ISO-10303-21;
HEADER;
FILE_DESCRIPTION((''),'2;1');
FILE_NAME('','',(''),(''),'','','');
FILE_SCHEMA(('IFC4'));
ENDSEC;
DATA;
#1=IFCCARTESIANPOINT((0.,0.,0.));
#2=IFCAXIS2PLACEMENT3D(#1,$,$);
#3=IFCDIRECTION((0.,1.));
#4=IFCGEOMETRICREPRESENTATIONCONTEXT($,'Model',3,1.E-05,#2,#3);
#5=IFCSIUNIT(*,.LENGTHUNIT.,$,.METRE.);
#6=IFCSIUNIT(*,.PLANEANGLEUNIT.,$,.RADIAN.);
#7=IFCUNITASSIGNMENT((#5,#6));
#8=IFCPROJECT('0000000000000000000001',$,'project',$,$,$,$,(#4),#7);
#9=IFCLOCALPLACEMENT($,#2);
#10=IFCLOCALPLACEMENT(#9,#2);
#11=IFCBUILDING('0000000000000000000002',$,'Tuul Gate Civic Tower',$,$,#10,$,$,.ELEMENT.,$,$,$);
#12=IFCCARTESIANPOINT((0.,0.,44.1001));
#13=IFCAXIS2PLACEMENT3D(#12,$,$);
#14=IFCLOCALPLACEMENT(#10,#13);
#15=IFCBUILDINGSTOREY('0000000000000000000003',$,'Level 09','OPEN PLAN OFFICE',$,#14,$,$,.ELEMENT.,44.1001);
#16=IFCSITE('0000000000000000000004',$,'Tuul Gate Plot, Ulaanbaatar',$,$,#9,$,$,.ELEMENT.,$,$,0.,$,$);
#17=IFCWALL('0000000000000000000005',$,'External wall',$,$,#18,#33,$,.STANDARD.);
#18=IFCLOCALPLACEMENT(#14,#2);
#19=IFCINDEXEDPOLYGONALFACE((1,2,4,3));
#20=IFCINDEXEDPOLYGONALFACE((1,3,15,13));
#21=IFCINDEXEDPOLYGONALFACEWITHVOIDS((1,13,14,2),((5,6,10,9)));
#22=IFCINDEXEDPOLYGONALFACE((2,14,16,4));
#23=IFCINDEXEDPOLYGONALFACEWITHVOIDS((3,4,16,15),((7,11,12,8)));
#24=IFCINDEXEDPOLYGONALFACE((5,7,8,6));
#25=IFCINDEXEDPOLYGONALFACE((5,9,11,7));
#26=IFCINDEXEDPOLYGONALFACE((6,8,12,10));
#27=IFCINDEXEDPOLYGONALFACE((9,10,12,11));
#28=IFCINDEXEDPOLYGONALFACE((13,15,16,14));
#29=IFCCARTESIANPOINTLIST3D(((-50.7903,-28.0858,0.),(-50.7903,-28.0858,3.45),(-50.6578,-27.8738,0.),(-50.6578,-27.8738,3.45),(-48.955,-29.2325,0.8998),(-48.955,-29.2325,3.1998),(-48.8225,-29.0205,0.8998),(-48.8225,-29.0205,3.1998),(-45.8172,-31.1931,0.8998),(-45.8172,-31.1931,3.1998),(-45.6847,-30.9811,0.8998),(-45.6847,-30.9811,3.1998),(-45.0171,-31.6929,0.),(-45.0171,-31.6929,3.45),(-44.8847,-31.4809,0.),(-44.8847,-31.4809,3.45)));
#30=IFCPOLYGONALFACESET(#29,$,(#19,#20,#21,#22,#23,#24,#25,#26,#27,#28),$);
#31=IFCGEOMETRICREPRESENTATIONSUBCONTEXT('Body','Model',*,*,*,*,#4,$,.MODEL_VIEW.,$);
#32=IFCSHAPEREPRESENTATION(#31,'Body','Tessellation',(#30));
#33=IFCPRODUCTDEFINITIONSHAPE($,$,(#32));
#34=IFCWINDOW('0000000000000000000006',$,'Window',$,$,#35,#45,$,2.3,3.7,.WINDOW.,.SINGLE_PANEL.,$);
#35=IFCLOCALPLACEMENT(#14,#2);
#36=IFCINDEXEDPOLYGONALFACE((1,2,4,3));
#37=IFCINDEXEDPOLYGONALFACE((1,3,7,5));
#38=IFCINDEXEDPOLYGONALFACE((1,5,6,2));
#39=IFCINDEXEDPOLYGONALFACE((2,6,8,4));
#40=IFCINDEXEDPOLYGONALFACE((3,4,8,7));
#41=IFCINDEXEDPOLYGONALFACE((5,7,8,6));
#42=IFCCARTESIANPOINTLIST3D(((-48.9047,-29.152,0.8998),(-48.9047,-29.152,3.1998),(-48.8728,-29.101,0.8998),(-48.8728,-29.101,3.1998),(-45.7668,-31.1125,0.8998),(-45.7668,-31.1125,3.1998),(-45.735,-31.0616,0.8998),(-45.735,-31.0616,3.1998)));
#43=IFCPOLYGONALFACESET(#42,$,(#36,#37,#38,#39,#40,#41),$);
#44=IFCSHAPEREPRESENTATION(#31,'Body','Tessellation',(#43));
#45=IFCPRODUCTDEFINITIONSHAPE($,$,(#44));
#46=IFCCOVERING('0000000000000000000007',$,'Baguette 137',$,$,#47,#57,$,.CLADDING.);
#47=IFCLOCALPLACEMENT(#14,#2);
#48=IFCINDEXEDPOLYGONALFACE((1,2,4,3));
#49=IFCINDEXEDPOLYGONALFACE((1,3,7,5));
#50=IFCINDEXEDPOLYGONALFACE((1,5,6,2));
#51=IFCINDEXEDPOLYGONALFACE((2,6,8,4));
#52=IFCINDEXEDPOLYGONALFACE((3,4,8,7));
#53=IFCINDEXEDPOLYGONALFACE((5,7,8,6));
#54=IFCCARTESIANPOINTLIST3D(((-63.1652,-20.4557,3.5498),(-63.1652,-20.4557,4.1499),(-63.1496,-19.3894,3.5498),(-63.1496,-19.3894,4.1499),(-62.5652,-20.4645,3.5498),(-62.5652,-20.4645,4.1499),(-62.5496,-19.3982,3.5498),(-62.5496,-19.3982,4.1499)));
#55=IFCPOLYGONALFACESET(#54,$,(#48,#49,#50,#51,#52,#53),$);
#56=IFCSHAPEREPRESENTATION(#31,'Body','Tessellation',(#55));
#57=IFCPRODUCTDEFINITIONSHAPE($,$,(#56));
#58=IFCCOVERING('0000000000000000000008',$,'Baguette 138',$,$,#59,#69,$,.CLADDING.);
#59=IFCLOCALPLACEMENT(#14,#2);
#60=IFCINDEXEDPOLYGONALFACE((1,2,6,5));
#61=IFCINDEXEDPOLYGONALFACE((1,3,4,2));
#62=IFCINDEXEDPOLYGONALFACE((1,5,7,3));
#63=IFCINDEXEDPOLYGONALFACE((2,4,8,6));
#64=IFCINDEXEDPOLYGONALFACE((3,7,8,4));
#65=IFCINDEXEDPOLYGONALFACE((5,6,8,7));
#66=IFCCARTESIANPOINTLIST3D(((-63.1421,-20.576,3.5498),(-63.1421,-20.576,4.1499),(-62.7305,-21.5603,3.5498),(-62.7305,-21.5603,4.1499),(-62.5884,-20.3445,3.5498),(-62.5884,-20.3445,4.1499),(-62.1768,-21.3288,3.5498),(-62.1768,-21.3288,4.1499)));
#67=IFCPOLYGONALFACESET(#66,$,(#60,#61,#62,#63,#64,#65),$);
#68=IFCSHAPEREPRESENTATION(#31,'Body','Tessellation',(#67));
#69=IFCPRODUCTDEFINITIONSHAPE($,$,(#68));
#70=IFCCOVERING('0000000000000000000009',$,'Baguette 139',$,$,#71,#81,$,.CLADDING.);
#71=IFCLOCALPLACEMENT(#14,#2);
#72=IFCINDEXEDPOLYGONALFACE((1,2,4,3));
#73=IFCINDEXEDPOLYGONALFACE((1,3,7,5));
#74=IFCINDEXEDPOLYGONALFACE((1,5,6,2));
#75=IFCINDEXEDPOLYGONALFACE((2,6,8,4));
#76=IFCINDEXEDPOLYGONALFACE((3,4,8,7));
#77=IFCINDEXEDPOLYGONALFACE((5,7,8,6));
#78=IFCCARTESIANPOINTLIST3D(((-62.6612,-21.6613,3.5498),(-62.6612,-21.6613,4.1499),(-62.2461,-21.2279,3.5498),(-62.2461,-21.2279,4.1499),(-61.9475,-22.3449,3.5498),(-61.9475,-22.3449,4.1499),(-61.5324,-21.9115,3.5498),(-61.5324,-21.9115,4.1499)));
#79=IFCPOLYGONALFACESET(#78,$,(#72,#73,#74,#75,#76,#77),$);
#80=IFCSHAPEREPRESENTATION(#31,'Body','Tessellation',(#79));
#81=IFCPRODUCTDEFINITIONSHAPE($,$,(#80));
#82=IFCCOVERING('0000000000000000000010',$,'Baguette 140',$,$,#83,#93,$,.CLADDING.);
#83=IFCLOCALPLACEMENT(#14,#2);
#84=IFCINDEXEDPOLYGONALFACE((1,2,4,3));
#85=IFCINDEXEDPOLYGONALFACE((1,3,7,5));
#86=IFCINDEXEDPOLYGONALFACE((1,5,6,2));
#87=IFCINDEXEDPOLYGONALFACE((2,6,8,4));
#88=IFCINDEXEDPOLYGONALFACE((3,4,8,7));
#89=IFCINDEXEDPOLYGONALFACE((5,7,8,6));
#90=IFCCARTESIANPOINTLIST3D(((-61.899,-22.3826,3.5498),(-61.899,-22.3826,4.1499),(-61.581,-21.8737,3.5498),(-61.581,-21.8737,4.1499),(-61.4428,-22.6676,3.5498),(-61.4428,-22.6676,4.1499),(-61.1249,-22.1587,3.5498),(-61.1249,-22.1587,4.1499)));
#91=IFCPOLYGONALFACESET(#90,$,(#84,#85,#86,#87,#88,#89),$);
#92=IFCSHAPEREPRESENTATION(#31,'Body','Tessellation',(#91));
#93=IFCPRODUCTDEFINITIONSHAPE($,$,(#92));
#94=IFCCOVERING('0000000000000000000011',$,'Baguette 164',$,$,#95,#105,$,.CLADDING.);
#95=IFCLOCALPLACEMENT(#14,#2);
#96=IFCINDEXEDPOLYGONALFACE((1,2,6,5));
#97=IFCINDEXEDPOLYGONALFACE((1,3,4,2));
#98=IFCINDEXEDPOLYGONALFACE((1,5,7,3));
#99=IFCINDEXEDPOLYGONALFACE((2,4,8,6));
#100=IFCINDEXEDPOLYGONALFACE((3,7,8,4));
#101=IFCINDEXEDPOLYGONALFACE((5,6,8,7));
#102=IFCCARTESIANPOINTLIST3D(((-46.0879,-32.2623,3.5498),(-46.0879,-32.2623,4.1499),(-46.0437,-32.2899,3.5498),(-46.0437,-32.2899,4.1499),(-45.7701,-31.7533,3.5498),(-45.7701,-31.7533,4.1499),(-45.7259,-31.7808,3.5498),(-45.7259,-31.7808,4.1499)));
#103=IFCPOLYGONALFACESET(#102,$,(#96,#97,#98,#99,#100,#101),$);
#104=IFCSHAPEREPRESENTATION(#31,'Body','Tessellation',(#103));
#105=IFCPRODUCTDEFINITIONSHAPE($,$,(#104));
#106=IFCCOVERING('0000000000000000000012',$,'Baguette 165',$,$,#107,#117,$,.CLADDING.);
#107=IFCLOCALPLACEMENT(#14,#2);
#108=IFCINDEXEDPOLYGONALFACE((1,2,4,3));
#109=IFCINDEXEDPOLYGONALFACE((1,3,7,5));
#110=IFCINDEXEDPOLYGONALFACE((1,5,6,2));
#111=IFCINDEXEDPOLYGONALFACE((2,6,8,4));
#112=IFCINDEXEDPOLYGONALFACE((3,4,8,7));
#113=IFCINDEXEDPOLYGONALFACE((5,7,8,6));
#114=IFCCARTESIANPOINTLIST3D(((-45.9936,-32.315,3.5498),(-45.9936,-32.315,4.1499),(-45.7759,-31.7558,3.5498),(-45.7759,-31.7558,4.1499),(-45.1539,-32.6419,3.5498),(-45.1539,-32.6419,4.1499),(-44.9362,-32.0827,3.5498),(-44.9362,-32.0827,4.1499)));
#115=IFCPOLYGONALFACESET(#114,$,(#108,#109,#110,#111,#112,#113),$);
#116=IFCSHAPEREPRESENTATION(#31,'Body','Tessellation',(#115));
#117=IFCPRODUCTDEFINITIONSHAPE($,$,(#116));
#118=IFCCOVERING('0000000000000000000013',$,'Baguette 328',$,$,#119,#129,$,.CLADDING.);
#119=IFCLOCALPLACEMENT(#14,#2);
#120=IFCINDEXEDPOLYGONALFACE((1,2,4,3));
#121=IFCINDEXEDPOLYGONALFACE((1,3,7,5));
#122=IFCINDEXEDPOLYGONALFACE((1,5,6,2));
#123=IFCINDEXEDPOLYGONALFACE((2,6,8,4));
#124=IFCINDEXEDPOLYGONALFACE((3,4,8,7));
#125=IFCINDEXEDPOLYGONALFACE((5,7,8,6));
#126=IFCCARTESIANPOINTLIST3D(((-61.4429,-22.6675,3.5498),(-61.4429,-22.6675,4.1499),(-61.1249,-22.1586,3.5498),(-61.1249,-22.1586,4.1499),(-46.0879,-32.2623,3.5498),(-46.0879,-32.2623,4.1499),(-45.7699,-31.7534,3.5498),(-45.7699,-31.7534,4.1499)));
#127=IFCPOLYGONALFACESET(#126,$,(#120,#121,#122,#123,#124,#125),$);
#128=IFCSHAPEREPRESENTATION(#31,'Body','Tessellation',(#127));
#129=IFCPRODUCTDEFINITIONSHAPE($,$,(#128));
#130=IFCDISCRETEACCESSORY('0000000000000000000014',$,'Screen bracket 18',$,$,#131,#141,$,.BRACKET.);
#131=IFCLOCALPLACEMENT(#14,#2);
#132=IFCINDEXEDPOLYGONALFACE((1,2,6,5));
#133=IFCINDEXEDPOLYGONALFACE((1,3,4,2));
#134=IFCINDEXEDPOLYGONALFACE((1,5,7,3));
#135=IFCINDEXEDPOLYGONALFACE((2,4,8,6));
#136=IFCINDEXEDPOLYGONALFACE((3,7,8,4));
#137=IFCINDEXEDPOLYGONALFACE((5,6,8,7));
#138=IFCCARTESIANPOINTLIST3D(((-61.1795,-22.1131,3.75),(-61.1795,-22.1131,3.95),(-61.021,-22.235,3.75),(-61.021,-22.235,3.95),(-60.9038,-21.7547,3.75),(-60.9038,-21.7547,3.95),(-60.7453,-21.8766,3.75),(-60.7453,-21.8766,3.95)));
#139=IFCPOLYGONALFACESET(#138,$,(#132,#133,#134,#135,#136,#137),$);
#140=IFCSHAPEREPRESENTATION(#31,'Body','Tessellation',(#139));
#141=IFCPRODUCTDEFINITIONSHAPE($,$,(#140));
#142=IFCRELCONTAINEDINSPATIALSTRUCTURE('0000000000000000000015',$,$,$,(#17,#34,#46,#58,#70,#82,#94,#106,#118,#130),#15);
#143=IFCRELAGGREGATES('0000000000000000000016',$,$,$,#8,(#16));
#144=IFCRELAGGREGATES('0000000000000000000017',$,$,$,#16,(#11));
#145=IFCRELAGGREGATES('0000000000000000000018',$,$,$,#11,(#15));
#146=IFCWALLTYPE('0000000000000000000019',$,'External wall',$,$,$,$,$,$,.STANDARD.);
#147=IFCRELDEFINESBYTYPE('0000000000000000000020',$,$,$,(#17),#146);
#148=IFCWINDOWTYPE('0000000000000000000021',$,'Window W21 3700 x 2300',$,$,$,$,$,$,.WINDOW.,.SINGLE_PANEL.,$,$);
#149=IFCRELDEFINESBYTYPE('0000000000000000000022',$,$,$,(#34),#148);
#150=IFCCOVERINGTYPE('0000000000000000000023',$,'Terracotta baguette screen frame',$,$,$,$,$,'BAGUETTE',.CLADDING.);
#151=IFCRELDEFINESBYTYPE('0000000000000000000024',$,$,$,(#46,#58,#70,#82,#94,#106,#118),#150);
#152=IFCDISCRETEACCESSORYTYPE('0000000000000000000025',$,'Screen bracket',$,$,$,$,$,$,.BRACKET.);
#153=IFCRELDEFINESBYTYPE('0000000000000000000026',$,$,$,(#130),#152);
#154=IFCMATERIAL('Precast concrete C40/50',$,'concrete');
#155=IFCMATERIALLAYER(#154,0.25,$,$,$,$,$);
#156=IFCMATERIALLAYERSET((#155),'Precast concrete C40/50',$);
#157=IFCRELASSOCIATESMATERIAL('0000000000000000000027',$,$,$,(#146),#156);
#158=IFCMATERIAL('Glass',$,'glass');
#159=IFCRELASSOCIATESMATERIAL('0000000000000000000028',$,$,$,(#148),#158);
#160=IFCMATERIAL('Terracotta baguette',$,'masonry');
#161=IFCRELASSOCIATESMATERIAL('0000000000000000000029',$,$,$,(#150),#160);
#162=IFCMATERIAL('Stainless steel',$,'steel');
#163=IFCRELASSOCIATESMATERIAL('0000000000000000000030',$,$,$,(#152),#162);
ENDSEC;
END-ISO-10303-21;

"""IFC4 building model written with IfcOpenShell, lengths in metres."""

from ifc_helpers import new_model, si_unit, direction, frame, frame_2d, origin, origin_2d, place, context, subcontext, project, spatial, rectangle, extrude, material, layer, layer_set, material_profile, profile_set, type_object, element, fill, save


model = new_model("IFC4")

# Units and contexts
model_context = context("Model", 3, precision=1e-05, world=origin(), true_north=direction((0.0, 1.0)))
body_context = subcontext(model_context, "Body", "Model", "MODEL_VIEW")
ifc_project = project(units=[si_unit("LENGTHUNIT", "METRE"), si_unit("PLANEANGLEUNIT", "RADIAN")], contexts=[model_context])

# Site, building, storey
site_placement = place(None, origin())
site = spatial("IfcSite", under=ifc_project, at=site_placement, Name="Tuul Gate Plot, Ulaanbaatar", CompositionType="ELEMENT", RefElevation=0.0)
building_placement = place(site_placement, origin())
building = spatial("IfcBuilding", under=site, at=building_placement, Name="Tuul Gate Civic Tower", CompositionType="ELEMENT")
storey_placement = place(building_placement, frame((0.0, 0.0, 44.1001)))
storey = spatial("IfcBuildingStorey", under=building, at=storey_placement, Name="Level 09", Description="OPEN PLAN OFFICE", CompositionType="ELEMENT", Elevation=44.1001)

# Shared definitions
ifc_material_1 = material(Name="Precast concrete C40/50", Category="concrete")
ifc_layer_1 = layer(ifc_material_1, 0.25)
ifc_layer_set_1 = layer_set([ifc_layer_1], Name="Precast concrete C40/50")
wall_type_1 = type_object("IfcWallType", Name="External wall", PredefinedType="STANDARD", material=ifc_layer_set_1)

# Wall, opening, window
wall_1_placement = place(storey_placement, frame((-50.7241, -27.9797, 0.0), z_axis=(0.0, 0.0, 1.0), x_axis=(0.848069, -0.529886, 0.0)))
wall_1 = element("IfcWall", 1, at=wall_1_placement, inside=storey, type_object=wall_type_1, Name="External wall", PredefinedType="STANDARD", context=body_context, shape_type="SweptSolid", body=[
    extrude(rectangle(XDim=6.8074, YDim=0.25, at=frame_2d((3.4038, 0.0))), origin(), (0.0, 0.0, 1.0), 3.45),
])
opening_1_placement = place(wall_1_placement, frame((2.1641, 0.0, 0.8999)))
opening_1 = element("IfcOpeningElement", 2, at=opening_1_placement, cuts=wall_1, PredefinedType="OPENING", context=body_context, shape_type="SweptSolid", body=[
    extrude(rectangle(XDim=3.7, YDim=2.3, at=frame_2d((1.8501, 1.1499))), frame((0.0, 0.135, 0.0), z_axis=(0.0, -1.0, 0.0), x_axis=(1.0, 0.0, 0.0)), (0.0, 0.0, 1.0), 0.27),
])
ifc_material_2 = material(Name="Glass", Category="glass")
window_type_1 = type_object("IfcWindowType", Name="Window W21 3700 x 2300", PartitioningType="SINGLE_PANEL", PredefinedType="WINDOW", material=ifc_material_2)
window_1_placement = place(opening_1_placement, origin())
window_1 = element("IfcWindow", 3, at=window_1_placement, inside=storey, type_object=window_type_1, Name="Window", OverallHeight=2.3, OverallWidth=3.7, PartitioningType="SINGLE_PANEL", PredefinedType="WINDOW", context=body_context, shape_type="SweptSolid", body=[
    extrude(rectangle(XDim=3.7, YDim=2.3, at=frame_2d((1.8501, 1.1499))), frame((0.0, 0.03, 0.0), z_axis=(0.0, -1.0, 0.0), x_axis=(1.0, 0.0, 0.0)), (0.0, 0.0, 1.0), 0.0601),
])
fill(opening_1, window_1)

# Coverings
ifc_material_3 = material(Name="Terracotta baguette", Category="masonry")
ifc_material_profile_1 = material_profile(ifc_material_3, rectangle(XDim=0.6001, YDim=0.6001, at=origin_2d()), Name="Terracotta baguette screen frame")
ifc_profile_set_1 = profile_set([ifc_material_profile_1], Name="Terracotta baguette")
covering_type = type_object("IfcCoveringType", Name="Terracotta baguette screen frame", ElementType="BAGUETTE", PredefinedType="CLADDING", material=ifc_profile_set_1)
covering_1_placement = place(storey_placement, frame((-62.8496, -19.3938, 3.8499), z_axis=(-0.01465, -0.999893, 0.0), x_axis=(0.999893, -0.01465, 0.0)))
element("IfcCovering", 4, at=covering_1_placement, inside=storey, type_object=covering_type, Name="Baguette 137", PredefinedType="CLADDING", context=body_context, shape_type="SweptSolid", body=[
    extrude(rectangle(XDim=0.6001, YDim=0.6001, at=origin_2d()), origin(), (0.0, 0.0, 1.0), 1.0664),
])
covering_2_placement = place(storey_placement, frame((-62.8652, -20.4602, 3.8499), z_axis=(0.385785, -0.922589, 0.0), x_axis=(0.922589, 0.385785, 0.0)))
element("IfcCovering", 5, at=covering_2_placement, inside=storey, type_object=covering_type, Name="Baguette 138", PredefinedType="CLADDING", context=body_context, shape_type="SweptSolid", body=[
    extrude(rectangle(XDim=0.6001, YDim=0.6001, at=origin_2d()), origin(), (0.0, 0.0, 1.0), 1.0669),
])
covering_3_placement = place(storey_placement, frame((-62.4536, -21.4446, 3.8499), z_axis=(0.722137, -0.69175, 0.0), x_axis=(0.69175, 0.722137, 0.0)))
element("IfcCovering", 6, at=covering_3_placement, inside=storey, type_object=covering_type, Name="Baguette 139", PredefinedType="CLADDING", context=body_context, shape_type="SweptSolid", body=[
    extrude(rectangle(XDim=0.6001, YDim=0.6001, at=origin_2d()), origin(), (0.0, 0.0, 1.0), 0.9883),
])
covering_4_placement = place(storey_placement, frame((-61.74, -22.1282, 3.8499), z_axis=(0.8481, -0.529836, 0.0), x_axis=(0.529836, 0.8481, 0.0)))
element("IfcCovering", 7, at=covering_4_placement, inside=storey, type_object=covering_type, Name="Baguette 140", PredefinedType="CLADDING", context=body_context, shape_type="SweptSolid", body=[
    extrude(rectangle(XDim=0.6001, YDim=0.6001, at=origin_2d()), origin(), (0.0, 0.0, 1.0), 0.5378),
])
covering_5_placement = place(storey_placement, frame((-45.929, -32.0078, 3.8499), z_axis=(0.848261, -0.529578, 0.0), x_axis=(0.529578, 0.848261, 0.0)))
element("IfcCovering", 8, at=covering_5_placement, inside=storey, type_object=covering_type, Name="Baguette 164", PredefinedType="CLADDING", context=body_context, shape_type="SweptSolid", body=[
    extrude(rectangle(XDim=0.6001, YDim=0.6001, at=origin_2d()), origin(), (0.0, 0.0, 1.0), 0.052),
])
covering_6_placement = place(storey_placement, frame((-45.8848, -32.0354, 3.8499), z_axis=(0.931893, -0.362734, 0.0), x_axis=(0.362734, 0.931893, 0.0)))
element("IfcCovering", 9, at=covering_6_placement, inside=storey, type_object=covering_type, Name="Baguette 165", PredefinedType="CLADDING", context=body_context, shape_type="SweptSolid", body=[
    extrude(rectangle(XDim=0.6001, YDim=0.6001, at=origin_2d()), origin(), (0.0, 0.0, 1.0), 0.9011),
])
covering_7_placement = place(storey_placement, frame((-61.2839, -22.4131, 3.8499), z_axis=(0.848051, -0.529914, 0.0), x_axis=(0.529914, 0.848051, 0.0)))
element("IfcCovering", 10, at=covering_7_placement, inside=storey, type_object=covering_type, Name="Baguette 328", PredefinedType="CLADDING", context=body_context, shape_type="SweptSolid", body=[
    extrude(rectangle(XDim=0.6001, YDim=0.6001, at=origin_2d()), origin(), (0.0, 0.0, 1.0), 18.1062),
])

# Discrete accessory
ifc_material_4 = material(Name="Stainless steel", Category="steel")
discrete_accessory_type = type_object("IfcDiscreteAccessoryType", Name="Screen bracket", PredefinedType="BRACKET", material=ifc_material_4)
discrete_accessory_placement = place(storey_placement, frame((-60.9624, -21.9949, 3.75), z_axis=(0.0, 0.0, 1.0), x_axis=(-0.609607, -0.792704, 0.0)))
element("IfcDiscreteAccessory", 11, at=discrete_accessory_placement, inside=storey, type_object=discrete_accessory_type, Name="Screen bracket 18", PredefinedType="BRACKET", context=body_context, shape_type="SweptSolid", body=[
    extrude(rectangle(XDim=0.4521, YDim=0.2, at=origin_2d()), origin(), (0.0, 0.0, 1.0), 0.2),
])

save(model, "model.ifc")
